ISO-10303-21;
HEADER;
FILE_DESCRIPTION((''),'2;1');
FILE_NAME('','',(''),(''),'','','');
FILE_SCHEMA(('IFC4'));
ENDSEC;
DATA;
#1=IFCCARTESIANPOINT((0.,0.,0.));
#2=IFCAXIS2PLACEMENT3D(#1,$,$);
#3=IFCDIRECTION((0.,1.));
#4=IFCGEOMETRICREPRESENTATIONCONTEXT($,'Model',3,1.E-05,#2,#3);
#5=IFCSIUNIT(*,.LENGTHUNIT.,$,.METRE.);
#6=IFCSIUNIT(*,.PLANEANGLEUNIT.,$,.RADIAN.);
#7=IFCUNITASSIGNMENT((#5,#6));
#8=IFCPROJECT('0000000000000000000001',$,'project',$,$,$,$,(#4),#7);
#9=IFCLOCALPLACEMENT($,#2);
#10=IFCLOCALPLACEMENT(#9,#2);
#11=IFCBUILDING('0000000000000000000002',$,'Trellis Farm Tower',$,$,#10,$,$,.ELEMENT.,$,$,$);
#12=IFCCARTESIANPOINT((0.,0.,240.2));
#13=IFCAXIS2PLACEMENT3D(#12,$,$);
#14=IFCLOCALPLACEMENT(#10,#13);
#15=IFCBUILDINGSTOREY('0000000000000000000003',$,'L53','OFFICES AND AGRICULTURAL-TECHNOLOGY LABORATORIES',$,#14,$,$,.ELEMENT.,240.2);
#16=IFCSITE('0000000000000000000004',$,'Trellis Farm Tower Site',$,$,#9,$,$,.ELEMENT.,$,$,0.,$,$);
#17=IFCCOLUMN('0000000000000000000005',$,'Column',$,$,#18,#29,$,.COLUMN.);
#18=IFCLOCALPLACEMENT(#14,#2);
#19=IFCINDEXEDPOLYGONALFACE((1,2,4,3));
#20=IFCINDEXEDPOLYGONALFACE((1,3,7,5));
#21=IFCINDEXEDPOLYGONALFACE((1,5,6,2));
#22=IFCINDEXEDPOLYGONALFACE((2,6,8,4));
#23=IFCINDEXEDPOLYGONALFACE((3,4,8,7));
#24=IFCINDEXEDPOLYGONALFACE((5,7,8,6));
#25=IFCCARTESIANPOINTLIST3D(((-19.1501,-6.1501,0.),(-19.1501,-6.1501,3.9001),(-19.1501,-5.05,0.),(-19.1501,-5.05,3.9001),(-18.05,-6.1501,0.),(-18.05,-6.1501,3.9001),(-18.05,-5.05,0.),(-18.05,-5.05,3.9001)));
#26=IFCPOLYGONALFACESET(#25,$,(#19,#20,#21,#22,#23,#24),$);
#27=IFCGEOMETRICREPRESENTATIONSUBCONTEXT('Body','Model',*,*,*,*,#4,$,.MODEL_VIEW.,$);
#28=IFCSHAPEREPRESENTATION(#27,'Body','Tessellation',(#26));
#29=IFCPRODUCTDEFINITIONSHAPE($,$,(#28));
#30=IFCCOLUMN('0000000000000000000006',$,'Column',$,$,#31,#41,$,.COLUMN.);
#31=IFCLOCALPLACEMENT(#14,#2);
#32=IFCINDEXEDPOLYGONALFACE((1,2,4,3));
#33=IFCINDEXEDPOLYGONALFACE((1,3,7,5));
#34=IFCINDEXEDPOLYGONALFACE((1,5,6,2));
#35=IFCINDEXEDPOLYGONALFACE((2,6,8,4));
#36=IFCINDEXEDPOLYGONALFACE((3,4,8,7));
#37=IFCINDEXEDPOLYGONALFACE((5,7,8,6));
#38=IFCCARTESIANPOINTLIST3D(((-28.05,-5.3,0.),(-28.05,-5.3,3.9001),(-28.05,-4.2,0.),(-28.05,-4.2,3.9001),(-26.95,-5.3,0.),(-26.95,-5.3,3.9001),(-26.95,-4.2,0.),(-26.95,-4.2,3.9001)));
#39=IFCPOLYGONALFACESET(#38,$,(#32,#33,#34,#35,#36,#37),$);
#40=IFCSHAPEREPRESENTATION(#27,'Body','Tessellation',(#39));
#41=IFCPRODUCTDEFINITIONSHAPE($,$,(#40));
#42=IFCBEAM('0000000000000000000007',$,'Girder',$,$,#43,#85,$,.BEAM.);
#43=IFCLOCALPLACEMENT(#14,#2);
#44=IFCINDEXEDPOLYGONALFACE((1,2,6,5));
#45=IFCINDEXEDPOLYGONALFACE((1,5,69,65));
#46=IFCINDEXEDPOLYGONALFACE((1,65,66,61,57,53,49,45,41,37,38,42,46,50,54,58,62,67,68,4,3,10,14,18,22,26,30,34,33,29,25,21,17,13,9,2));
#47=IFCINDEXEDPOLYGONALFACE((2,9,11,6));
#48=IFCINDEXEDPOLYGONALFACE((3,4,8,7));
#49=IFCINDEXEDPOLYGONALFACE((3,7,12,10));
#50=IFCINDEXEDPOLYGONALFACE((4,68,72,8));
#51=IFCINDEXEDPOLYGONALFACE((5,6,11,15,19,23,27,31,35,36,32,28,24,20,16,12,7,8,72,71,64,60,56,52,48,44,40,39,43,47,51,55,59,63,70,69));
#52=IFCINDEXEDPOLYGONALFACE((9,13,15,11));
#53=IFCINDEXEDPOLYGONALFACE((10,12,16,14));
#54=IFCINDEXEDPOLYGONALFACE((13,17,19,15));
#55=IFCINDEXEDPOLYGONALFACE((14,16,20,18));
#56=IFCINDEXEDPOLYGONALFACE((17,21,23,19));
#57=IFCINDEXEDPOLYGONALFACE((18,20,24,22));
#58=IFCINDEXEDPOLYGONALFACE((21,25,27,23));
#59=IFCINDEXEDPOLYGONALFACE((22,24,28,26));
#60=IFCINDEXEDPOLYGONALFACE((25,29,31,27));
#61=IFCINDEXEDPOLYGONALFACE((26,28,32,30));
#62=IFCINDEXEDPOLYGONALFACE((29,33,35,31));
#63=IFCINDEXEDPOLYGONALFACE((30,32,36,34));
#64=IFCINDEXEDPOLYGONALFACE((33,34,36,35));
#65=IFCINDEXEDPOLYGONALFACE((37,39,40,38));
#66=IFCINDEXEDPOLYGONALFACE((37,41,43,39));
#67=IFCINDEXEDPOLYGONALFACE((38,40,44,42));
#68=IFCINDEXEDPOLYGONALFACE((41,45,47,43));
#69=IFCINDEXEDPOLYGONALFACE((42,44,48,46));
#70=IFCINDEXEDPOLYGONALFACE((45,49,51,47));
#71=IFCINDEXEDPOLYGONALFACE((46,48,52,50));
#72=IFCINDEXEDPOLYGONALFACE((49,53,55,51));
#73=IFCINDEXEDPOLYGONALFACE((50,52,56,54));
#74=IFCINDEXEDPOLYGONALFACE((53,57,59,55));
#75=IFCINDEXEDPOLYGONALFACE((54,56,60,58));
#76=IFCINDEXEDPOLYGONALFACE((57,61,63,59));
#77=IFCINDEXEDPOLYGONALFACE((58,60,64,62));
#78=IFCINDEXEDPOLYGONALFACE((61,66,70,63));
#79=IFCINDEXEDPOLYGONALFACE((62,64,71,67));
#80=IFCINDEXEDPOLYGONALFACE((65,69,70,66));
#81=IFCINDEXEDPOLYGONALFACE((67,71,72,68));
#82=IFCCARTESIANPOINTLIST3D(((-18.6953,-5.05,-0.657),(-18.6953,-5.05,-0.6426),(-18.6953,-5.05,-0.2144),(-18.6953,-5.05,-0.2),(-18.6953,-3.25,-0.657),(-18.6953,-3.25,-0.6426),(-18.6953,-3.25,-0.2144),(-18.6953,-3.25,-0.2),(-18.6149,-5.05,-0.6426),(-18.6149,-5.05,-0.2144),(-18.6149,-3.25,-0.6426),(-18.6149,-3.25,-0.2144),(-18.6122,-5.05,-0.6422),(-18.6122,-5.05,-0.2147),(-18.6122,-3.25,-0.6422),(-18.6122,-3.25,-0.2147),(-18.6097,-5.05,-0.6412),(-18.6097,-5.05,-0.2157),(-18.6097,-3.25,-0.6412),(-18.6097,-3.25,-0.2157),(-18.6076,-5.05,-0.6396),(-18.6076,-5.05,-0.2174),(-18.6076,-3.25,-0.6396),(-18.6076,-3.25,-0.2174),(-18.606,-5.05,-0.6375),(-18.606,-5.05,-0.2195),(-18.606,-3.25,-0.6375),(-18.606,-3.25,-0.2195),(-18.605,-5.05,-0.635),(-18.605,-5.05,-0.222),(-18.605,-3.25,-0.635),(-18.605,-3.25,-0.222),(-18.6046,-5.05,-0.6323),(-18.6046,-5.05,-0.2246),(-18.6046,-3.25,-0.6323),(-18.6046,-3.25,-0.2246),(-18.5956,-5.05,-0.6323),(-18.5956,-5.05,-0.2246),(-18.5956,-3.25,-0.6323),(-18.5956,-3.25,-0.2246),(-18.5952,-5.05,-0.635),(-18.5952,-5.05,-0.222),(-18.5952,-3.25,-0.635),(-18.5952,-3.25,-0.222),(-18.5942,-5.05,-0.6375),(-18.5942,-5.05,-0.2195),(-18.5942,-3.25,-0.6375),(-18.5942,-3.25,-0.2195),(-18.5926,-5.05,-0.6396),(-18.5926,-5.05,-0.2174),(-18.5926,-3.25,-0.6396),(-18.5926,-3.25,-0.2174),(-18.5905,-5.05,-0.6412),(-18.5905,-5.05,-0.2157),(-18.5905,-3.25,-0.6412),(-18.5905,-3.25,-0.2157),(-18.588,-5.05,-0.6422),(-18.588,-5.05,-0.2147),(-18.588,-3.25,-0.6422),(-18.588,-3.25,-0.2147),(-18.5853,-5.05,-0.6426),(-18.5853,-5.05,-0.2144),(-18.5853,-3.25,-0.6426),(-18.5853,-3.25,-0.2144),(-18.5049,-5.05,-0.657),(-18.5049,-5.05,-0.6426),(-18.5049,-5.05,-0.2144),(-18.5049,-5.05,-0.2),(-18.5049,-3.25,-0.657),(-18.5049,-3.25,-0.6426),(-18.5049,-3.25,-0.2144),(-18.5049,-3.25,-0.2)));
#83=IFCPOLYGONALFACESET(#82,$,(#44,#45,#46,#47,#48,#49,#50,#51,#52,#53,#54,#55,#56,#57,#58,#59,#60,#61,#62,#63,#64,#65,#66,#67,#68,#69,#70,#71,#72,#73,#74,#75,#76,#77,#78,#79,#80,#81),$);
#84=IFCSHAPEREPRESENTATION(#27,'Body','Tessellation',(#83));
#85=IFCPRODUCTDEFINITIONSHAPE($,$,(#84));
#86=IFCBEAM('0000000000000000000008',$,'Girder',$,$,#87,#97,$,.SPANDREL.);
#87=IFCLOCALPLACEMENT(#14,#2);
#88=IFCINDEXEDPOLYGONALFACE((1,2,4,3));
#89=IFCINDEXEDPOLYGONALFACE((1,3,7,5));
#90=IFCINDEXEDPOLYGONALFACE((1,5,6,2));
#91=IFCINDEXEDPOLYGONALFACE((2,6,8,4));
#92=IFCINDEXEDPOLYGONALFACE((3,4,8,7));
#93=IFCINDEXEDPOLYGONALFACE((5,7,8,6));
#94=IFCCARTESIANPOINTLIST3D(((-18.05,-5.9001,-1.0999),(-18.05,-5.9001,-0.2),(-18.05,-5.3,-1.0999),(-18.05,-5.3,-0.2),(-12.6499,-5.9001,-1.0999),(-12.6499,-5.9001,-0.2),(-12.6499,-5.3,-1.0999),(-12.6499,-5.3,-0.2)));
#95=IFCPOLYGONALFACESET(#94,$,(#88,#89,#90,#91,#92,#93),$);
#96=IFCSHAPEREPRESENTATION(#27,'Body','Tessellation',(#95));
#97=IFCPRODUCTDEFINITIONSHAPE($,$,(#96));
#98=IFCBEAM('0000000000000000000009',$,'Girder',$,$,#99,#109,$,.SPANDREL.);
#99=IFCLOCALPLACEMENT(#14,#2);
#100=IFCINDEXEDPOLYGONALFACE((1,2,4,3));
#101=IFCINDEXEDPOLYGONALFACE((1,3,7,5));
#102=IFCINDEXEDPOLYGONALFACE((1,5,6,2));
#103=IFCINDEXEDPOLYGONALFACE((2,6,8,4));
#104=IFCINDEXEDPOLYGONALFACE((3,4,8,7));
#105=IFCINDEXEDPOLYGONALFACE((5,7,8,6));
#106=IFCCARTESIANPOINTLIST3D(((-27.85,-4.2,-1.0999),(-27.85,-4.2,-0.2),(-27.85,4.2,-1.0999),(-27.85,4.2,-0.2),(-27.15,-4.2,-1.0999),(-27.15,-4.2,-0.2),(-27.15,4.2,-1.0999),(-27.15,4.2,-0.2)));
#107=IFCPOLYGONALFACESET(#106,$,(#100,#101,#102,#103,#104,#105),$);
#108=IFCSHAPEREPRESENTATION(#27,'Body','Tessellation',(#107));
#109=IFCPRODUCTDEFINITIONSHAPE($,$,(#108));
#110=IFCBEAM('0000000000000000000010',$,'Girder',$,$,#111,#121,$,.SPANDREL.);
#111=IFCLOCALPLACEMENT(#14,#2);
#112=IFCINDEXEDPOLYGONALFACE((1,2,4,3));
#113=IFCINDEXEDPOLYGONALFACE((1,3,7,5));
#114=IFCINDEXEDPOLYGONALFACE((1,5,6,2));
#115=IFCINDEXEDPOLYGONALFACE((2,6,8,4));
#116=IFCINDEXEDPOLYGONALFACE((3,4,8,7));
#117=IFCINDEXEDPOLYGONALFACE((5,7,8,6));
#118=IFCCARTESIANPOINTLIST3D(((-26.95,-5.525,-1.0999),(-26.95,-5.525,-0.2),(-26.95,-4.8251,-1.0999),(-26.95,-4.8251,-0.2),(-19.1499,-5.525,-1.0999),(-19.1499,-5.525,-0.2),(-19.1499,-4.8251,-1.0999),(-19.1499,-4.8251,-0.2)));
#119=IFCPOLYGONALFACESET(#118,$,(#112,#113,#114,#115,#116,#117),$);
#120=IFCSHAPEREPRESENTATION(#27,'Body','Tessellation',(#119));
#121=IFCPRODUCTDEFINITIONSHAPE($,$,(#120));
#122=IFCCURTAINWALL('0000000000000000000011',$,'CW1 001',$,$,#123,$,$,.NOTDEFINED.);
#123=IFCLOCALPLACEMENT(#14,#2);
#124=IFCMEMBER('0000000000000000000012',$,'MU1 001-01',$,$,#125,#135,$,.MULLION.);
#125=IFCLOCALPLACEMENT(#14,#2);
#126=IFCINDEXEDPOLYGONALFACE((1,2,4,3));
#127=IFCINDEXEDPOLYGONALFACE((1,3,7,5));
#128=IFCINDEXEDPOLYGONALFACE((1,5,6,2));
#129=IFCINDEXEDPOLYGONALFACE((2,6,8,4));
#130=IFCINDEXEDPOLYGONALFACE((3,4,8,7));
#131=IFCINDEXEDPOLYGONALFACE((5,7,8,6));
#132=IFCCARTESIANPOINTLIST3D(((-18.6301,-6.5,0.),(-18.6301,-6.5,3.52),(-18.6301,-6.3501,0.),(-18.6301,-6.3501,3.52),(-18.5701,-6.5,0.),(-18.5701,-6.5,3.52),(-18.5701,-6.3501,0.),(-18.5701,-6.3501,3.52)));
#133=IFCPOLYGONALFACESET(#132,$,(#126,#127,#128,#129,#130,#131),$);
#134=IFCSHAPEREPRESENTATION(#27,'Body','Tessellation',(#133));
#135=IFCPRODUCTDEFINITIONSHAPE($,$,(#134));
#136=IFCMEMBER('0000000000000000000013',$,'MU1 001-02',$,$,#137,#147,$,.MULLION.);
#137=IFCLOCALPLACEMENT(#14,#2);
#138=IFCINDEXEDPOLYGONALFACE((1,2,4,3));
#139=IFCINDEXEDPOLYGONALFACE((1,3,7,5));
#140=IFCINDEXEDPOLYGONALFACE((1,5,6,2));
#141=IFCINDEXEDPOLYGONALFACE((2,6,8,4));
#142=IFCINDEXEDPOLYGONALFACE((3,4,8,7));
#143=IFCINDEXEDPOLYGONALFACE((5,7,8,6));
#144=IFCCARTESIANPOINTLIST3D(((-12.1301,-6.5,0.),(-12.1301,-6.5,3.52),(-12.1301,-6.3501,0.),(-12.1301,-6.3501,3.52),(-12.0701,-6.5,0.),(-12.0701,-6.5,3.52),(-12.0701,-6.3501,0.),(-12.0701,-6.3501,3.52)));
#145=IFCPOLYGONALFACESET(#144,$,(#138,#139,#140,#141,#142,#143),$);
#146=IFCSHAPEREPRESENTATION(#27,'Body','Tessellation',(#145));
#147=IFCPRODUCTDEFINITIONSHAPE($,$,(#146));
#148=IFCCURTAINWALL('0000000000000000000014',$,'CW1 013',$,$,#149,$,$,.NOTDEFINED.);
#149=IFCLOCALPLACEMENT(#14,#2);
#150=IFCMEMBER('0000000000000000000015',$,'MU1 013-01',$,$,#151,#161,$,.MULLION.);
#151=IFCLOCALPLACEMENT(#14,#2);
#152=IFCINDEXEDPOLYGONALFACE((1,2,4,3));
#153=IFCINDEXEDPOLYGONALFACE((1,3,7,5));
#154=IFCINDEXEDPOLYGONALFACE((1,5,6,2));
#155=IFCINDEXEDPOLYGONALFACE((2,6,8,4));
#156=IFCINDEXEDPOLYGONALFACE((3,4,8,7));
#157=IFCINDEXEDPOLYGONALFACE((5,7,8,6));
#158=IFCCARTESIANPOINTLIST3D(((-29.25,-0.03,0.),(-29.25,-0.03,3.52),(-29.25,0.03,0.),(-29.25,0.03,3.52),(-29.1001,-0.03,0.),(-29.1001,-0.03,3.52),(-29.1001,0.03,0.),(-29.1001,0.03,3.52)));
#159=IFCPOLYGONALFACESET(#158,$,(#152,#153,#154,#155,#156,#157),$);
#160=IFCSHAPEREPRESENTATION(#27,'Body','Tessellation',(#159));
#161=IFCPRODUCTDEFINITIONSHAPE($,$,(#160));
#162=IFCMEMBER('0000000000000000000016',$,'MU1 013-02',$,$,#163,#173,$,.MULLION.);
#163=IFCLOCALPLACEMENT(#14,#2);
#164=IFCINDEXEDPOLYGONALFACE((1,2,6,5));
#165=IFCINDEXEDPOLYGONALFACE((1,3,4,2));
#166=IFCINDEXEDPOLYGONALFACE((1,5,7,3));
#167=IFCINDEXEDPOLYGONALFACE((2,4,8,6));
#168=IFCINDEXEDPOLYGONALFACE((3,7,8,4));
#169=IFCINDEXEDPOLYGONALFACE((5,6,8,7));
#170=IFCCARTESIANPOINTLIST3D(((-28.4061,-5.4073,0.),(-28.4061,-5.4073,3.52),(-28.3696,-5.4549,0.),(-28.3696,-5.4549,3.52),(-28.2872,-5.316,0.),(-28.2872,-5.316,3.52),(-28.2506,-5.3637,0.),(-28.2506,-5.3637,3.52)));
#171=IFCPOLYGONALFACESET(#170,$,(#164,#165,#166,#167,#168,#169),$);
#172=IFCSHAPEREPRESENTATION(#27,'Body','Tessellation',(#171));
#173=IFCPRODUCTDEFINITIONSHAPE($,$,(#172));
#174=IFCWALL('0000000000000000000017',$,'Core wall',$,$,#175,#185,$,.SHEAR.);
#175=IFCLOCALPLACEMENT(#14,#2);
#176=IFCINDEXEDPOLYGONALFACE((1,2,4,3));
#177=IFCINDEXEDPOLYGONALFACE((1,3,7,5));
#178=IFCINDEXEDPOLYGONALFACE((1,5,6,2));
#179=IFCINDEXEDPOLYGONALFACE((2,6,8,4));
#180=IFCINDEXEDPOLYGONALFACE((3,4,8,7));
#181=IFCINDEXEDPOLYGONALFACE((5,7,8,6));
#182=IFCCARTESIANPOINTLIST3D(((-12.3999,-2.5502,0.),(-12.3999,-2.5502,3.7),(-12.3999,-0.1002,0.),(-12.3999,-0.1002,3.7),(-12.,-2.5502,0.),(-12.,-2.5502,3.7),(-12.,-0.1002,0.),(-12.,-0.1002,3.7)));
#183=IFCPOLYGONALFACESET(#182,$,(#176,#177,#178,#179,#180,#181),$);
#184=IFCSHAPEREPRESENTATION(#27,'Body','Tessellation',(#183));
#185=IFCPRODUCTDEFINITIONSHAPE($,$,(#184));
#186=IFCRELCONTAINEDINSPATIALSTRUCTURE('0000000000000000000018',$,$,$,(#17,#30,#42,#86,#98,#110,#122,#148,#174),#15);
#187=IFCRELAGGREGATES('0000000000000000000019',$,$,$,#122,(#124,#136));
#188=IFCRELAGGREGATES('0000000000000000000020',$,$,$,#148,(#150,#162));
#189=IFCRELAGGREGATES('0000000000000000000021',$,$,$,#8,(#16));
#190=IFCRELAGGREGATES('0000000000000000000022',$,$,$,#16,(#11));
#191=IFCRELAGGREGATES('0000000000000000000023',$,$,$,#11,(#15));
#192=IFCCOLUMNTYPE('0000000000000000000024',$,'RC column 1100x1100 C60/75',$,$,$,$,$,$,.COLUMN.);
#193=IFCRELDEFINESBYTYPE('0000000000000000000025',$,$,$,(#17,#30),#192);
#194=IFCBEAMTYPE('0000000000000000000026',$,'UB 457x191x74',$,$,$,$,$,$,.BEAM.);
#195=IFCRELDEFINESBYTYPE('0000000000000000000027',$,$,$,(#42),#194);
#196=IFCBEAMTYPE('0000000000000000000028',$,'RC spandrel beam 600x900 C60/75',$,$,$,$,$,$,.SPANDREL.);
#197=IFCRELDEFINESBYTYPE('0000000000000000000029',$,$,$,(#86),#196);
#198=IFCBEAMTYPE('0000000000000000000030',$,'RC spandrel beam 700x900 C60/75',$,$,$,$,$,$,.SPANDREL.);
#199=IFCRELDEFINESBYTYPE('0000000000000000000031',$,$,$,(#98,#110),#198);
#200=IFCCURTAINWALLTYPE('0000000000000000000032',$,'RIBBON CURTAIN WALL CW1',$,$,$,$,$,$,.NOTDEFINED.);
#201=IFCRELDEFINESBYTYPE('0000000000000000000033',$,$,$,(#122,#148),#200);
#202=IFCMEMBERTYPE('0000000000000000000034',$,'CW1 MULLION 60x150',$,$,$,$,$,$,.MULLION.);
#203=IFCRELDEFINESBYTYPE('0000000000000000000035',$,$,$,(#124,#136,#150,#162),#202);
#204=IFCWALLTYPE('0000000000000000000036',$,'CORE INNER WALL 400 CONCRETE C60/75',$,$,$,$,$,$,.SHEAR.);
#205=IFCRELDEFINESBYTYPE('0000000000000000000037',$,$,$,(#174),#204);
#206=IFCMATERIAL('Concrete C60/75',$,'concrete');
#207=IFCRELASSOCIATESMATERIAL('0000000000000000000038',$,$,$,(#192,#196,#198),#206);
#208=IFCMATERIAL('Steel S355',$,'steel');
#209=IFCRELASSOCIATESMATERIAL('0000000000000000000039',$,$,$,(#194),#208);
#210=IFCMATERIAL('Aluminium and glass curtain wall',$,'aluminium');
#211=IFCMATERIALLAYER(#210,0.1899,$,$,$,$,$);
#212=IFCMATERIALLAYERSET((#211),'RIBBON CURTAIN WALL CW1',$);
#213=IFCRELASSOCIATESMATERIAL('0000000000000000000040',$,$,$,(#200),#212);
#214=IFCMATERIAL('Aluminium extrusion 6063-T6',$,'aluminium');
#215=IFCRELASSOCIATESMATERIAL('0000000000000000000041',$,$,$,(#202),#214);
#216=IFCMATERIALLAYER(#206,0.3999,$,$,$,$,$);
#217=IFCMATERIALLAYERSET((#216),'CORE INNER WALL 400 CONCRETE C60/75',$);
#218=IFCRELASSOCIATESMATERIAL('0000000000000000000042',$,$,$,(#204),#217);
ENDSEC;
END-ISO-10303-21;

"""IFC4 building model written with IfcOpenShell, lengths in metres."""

from ifc_helpers import new_model, si_unit, direction, frame, frame_2d, origin, origin_2d, place, context, subcontext, project, spatial, rectangle, i_section, extrude, source, transform, mapped, material, layer, layer_set, material_profile, profile_set, type_object, element, aggregate, save


model = new_model("IFC4")

# Units and contexts
model_context = context("Model", 3, precision=1e-05, world=origin(), true_north=direction((0.0, 1.0)))
body_context = subcontext(model_context, "Body", "Model", "MODEL_VIEW")
ifc_project = project(units=[si_unit("LENGTHUNIT", "METRE"), si_unit("PLANEANGLEUNIT", "RADIAN")], contexts=[model_context])

# Site, building, storey
site_placement = place(None, origin())
site = spatial("IfcSite", under=ifc_project, at=site_placement, Name="Trellis Farm Tower Site", CompositionType="ELEMENT", RefElevation=0.0)
building_placement = place(site_placement, origin())
building = spatial("IfcBuilding", under=site, at=building_placement, Name="Trellis Farm Tower", CompositionType="ELEMENT")
storey_placement = place(building_placement, frame((0.0, 0.0, 240.2)))
storey = spatial("IfcBuildingStorey", under=building, at=storey_placement, Name="L53", Description="OFFICES AND AGRICULTURAL-TECHNOLOGY LABORATORIES", CompositionType="ELEMENT", Elevation=240.2)

# Columns
ifc_material_1 = material(Name="Concrete C60/75", Category="concrete")
ifc_material_profile_1 = material_profile(ifc_material_1, rectangle(XDim=1.1001, YDim=1.1001, at=origin_2d()), Name="RC column 1100x1100 C60/75")
ifc_profile_set_1 = profile_set([ifc_material_profile_1], Name="Concrete C60/75")
column_type = type_object("IfcColumnType", Name="RC column 1100x1100 C60/75", PredefinedType="COLUMN", material=ifc_profile_set_1)
shared_shape_1 = source(origin(), body_context, "Body", "SweptSolid", [
    extrude(rectangle(XDim=1.1001, YDim=1.1001, at=origin_2d()), origin(), (0.0, 0.0, 1.0), 3.9001),
])
for number, where, z_axis, x_axis, name in (
    (1, (-18.6001, -5.6001, 0.0), (0.0, 0.0, 1.0), (1.0, 0.0, 0.0), "Column"),
    (2, (-27.5, -4.75, 0.0), (0.0, 0.0, 1.0), (1.0, 0.0, 0.0), "Column"),
):
    element("IfcColumn", number, at=place(storey_placement, frame(where, z_axis=z_axis, x_axis=x_axis)), inside=storey, type_object=column_type, Name=name, PredefinedType="COLUMN", context=body_context, shape_type="MappedRepresentation", body=[
        mapped(shared_shape_1, transform((0.0, 0.0, 0.0))),
    ])

# Beams
ifc_material_2 = material(Name="Steel S355", Category="steel")
ifc_material_profile_2 = material_profile(ifc_material_2, i_section(OverallWidth=0.1904, OverallDepth=0.457, WebThickness=0.009, FlangeThickness=0.0144, FilletRadius=0.0103, at=origin_2d()), Name="UB 457x191x74")
ifc_profile_set_2 = profile_set([ifc_material_profile_2], Name="Steel S355")
beam_type_1 = type_object("IfcBeamType", Name="UB 457x191x74", PredefinedType="BEAM", material=ifc_profile_set_2)
shared_shape_2 = source(origin(), body_context, "Body", "SweptSolid", [
    extrude(i_section(OverallWidth=0.1904, OverallDepth=0.457, WebThickness=0.009, FlangeThickness=0.0144, FilletRadius=0.0103, at=origin_2d()), origin(), (0.0, 0.0, 1.0), 1.8),
])
beam_1_placement = place(storey_placement, frame((-18.6001, -5.05, -0.4285), z_axis=(0.0, 1.0, 0.0), x_axis=(-1.0, 0.0, 0.0)))
element("IfcBeam", 3, at=beam_1_placement, inside=storey, type_object=beam_type_1, Name="Girder", PredefinedType="BEAM", context=body_context, shape_type="MappedRepresentation", body=[
    mapped(shared_shape_2, transform((0.0, 0.0, 0.0))),
])
ifc_material_profile_3 = material_profile(ifc_material_1, rectangle(XDim=0.6001, YDim=0.8999, at=origin_2d()), Name="RC spandrel beam 600x900 C60/75")
ifc_profile_set_3 = profile_set([ifc_material_profile_3], Name="Concrete C60/75")
beam_type_2 = type_object("IfcBeamType", Name="RC spandrel beam 600x900 C60/75", PredefinedType="SPANDREL", material=ifc_profile_set_3)
shared_shape_3 = source(origin(), body_context, "Body", "SweptSolid", [
    extrude(rectangle(XDim=0.6001, YDim=0.8999, at=origin_2d()), origin(), (0.0, 0.0, 1.0), 5.4001),
])
beam_2_placement = place(storey_placement, frame((-18.05, -5.6001, -0.6499), z_axis=(1.0, 0.0, 0.0), x_axis=(0.0, 1.0, 0.0)))
element("IfcBeam", 4, at=beam_2_placement, inside=storey, type_object=beam_type_2, Name="Girder", PredefinedType="SPANDREL", context=body_context, shape_type="MappedRepresentation", body=[
    mapped(shared_shape_3, transform((0.0, 0.0, 0.0))),
])
ifc_material_profile_4 = material_profile(ifc_material_1, rectangle(XDim=0.7, YDim=0.8999, at=origin_2d()), Name="RC spandrel beam 700x900 C60/75")
ifc_profile_set_4 = profile_set([ifc_material_profile_4], Name="Concrete C60/75")
beam_type_3 = type_object("IfcBeamType", Name="RC spandrel beam 700x900 C60/75", PredefinedType="SPANDREL", material=ifc_profile_set_4)
shared_shape_4 = source(origin(), body_context, "Body", "SweptSolid", [
    extrude(rectangle(XDim=0.7, YDim=0.8999, at=origin_2d()), origin(), (0.0, 0.0, 1.0), 8.3999),
])
beam_3_placement = place(storey_placement, frame((-27.5, -4.2, -0.6499), z_axis=(0.0, 1.0, 0.0), x_axis=(-1.0, 0.0, 0.0)))
element("IfcBeam", 5, at=beam_3_placement, inside=storey, type_object=beam_type_3, Name="Girder", PredefinedType="SPANDREL", context=body_context, shape_type="MappedRepresentation", body=[
    mapped(shared_shape_4, transform((0.0, 0.0, 0.0))),
])
shared_shape_5 = source(origin(), body_context, "Body", "SweptSolid", [
    extrude(rectangle(XDim=0.7, YDim=0.8999, at=origin_2d()), origin(), (0.0, 0.0, 1.0), 7.8),
])
beam_4_placement = place(storey_placement, frame((-26.95, -5.175, -0.6499), z_axis=(1.0, 0.0, 0.0), x_axis=(0.0, 1.0, 0.0)))
element("IfcBeam", 6, at=beam_4_placement, inside=storey, type_object=beam_type_3, Name="Girder", PredefinedType="SPANDREL", context=body_context, shape_type="MappedRepresentation", body=[
    mapped(shared_shape_5, transform((0.0, 0.0, 0.0))),
])

# Curtain walls, members
ifc_material_3 = material(Name="Aluminium and glass curtain wall", Category="aluminium")
ifc_layer_1 = layer(ifc_material_3, 0.1899)
ifc_layer_set_1 = layer_set([ifc_layer_1], Name="RIBBON CURTAIN WALL CW1")
curtain_wall_type = type_object("IfcCurtainWallType", Name="RIBBON CURTAIN WALL CW1", PredefinedType="NOTDEFINED", material=ifc_layer_set_1)
placement = place(storey_placement, origin())
curtain_wall_1 = element("IfcCurtainWall", 7, at=placement, inside=storey, type_object=curtain_wall_type, Name="CW1 001", PredefinedType="NOTDEFINED")
ifc_material_4 = material(Name="Aluminium extrusion 6063-T6", Category="aluminium")
ifc_material_profile_5 = material_profile(ifc_material_4, rectangle(XDim=0.0601, YDim=0.1499, at=origin_2d()), Name="MULLION 60x150")
ifc_profile_set_5 = profile_set([ifc_material_profile_5], Name="Aluminium extrusion 6063-T6")
member_type = type_object("IfcMemberType", Name="CW1 MULLION 60x150", PredefinedType="MULLION", material=ifc_profile_set_5)
shared_shape_6 = source(origin(), body_context, "Body", "SweptSolid", [
    extrude(rectangle(XDim=0.0601, YDim=0.1499, at=origin_2d()), origin(), (0.0, 0.0, 1.0), 3.52),
])
member_1_placement = place(storey_placement, frame((-18.6001, -6.425, 0.0), z_axis=(0.0, 0.0, 1.0), x_axis=(1.0, 0.0, 0.0)))
member_1 = element("IfcMember", 8, at=member_1_placement, type_object=member_type, Name="MU1 001-01", PredefinedType="MULLION", context=body_context, shape_type="MappedRepresentation", body=[
    mapped(shared_shape_6, transform((0.0, 0.0, 0.0))),
])
member_2_placement = place(storey_placement, frame((-12.1001, -6.425, 0.0), z_axis=(0.0, 0.0, 1.0), x_axis=(1.0, 0.0, 0.0)))
member_2 = element("IfcMember", 9, at=member_2_placement, type_object=member_type, Name="MU1 001-02", PredefinedType="MULLION", context=body_context, shape_type="MappedRepresentation", body=[
    mapped(shared_shape_6, transform((0.0, 0.0, 0.0))),
])
aggregate(curtain_wall_1, [member_1, member_2])
curtain_wall_2 = element("IfcCurtainWall", 10, at=placement, inside=storey, type_object=curtain_wall_type, Name="CW1 013", PredefinedType="NOTDEFINED")
member_3_placement = place(storey_placement, frame((-29.175, 0.0, 0.0), z_axis=(0.0, 0.0, 1.0), x_axis=(0.0, -1.0, 0.0)))
member_3 = element("IfcMember", 11, at=member_3_placement, type_object=member_type, Name="MU1 013-01", PredefinedType="MULLION", context=body_context, shape_type="MappedRepresentation", body=[
    mapped(shared_shape_6, transform((0.0, 0.0, 0.0))),
])
member_4_placement = place(storey_placement, frame((-28.3284, -5.3855, 0.0), z_axis=(0.0, 0.0, 1.0), x_axis=(0.608761, -0.793353, 0.0)))
member_4 = element("IfcMember", 12, at=member_4_placement, type_object=member_type, Name="MU1 013-02", PredefinedType="MULLION", context=body_context, shape_type="MappedRepresentation", body=[
    mapped(shared_shape_6, transform((0.0, 0.0, 0.0))),
])
aggregate(curtain_wall_2, [member_3, member_4])

# Wall
ifc_layer_2 = layer(ifc_material_1, 0.3999)
ifc_layer_set_2 = layer_set([ifc_layer_2], Name="CORE INNER WALL 400 CONCRETE C60/75")
wall_type_1 = type_object("IfcWallType", Name="CORE INNER WALL 400 CONCRETE C60/75", PredefinedType="SHEAR", material=ifc_layer_set_2)
shared_shape_7 = source(origin(), body_context, "Body", "SweptSolid", [
    extrude(rectangle(XDim=2.45, YDim=0.3999, at=frame_2d((1.2251, 0.0))), origin(), (0.0, 0.0, 1.0), 3.7),
])
for number, where, z_axis, x_axis, name in (
    (13, (-12.2, -0.1001, 0.0), (0.0, 0.0, 1.0), (0.0, -1.0, 0.0), "Core wall"),
):
    element("IfcWall", number, at=place(storey_placement, frame(where, z_axis=z_axis, x_axis=x_axis)), inside=storey, type_object=wall_type_1, Name=name, PredefinedType="SHEAR", context=body_context, shape_type="MappedRepresentation", body=[
        mapped(shared_shape_7, transform((0.0, 0.0, 0.0))),
    ])

save(model, "model.ifc")
